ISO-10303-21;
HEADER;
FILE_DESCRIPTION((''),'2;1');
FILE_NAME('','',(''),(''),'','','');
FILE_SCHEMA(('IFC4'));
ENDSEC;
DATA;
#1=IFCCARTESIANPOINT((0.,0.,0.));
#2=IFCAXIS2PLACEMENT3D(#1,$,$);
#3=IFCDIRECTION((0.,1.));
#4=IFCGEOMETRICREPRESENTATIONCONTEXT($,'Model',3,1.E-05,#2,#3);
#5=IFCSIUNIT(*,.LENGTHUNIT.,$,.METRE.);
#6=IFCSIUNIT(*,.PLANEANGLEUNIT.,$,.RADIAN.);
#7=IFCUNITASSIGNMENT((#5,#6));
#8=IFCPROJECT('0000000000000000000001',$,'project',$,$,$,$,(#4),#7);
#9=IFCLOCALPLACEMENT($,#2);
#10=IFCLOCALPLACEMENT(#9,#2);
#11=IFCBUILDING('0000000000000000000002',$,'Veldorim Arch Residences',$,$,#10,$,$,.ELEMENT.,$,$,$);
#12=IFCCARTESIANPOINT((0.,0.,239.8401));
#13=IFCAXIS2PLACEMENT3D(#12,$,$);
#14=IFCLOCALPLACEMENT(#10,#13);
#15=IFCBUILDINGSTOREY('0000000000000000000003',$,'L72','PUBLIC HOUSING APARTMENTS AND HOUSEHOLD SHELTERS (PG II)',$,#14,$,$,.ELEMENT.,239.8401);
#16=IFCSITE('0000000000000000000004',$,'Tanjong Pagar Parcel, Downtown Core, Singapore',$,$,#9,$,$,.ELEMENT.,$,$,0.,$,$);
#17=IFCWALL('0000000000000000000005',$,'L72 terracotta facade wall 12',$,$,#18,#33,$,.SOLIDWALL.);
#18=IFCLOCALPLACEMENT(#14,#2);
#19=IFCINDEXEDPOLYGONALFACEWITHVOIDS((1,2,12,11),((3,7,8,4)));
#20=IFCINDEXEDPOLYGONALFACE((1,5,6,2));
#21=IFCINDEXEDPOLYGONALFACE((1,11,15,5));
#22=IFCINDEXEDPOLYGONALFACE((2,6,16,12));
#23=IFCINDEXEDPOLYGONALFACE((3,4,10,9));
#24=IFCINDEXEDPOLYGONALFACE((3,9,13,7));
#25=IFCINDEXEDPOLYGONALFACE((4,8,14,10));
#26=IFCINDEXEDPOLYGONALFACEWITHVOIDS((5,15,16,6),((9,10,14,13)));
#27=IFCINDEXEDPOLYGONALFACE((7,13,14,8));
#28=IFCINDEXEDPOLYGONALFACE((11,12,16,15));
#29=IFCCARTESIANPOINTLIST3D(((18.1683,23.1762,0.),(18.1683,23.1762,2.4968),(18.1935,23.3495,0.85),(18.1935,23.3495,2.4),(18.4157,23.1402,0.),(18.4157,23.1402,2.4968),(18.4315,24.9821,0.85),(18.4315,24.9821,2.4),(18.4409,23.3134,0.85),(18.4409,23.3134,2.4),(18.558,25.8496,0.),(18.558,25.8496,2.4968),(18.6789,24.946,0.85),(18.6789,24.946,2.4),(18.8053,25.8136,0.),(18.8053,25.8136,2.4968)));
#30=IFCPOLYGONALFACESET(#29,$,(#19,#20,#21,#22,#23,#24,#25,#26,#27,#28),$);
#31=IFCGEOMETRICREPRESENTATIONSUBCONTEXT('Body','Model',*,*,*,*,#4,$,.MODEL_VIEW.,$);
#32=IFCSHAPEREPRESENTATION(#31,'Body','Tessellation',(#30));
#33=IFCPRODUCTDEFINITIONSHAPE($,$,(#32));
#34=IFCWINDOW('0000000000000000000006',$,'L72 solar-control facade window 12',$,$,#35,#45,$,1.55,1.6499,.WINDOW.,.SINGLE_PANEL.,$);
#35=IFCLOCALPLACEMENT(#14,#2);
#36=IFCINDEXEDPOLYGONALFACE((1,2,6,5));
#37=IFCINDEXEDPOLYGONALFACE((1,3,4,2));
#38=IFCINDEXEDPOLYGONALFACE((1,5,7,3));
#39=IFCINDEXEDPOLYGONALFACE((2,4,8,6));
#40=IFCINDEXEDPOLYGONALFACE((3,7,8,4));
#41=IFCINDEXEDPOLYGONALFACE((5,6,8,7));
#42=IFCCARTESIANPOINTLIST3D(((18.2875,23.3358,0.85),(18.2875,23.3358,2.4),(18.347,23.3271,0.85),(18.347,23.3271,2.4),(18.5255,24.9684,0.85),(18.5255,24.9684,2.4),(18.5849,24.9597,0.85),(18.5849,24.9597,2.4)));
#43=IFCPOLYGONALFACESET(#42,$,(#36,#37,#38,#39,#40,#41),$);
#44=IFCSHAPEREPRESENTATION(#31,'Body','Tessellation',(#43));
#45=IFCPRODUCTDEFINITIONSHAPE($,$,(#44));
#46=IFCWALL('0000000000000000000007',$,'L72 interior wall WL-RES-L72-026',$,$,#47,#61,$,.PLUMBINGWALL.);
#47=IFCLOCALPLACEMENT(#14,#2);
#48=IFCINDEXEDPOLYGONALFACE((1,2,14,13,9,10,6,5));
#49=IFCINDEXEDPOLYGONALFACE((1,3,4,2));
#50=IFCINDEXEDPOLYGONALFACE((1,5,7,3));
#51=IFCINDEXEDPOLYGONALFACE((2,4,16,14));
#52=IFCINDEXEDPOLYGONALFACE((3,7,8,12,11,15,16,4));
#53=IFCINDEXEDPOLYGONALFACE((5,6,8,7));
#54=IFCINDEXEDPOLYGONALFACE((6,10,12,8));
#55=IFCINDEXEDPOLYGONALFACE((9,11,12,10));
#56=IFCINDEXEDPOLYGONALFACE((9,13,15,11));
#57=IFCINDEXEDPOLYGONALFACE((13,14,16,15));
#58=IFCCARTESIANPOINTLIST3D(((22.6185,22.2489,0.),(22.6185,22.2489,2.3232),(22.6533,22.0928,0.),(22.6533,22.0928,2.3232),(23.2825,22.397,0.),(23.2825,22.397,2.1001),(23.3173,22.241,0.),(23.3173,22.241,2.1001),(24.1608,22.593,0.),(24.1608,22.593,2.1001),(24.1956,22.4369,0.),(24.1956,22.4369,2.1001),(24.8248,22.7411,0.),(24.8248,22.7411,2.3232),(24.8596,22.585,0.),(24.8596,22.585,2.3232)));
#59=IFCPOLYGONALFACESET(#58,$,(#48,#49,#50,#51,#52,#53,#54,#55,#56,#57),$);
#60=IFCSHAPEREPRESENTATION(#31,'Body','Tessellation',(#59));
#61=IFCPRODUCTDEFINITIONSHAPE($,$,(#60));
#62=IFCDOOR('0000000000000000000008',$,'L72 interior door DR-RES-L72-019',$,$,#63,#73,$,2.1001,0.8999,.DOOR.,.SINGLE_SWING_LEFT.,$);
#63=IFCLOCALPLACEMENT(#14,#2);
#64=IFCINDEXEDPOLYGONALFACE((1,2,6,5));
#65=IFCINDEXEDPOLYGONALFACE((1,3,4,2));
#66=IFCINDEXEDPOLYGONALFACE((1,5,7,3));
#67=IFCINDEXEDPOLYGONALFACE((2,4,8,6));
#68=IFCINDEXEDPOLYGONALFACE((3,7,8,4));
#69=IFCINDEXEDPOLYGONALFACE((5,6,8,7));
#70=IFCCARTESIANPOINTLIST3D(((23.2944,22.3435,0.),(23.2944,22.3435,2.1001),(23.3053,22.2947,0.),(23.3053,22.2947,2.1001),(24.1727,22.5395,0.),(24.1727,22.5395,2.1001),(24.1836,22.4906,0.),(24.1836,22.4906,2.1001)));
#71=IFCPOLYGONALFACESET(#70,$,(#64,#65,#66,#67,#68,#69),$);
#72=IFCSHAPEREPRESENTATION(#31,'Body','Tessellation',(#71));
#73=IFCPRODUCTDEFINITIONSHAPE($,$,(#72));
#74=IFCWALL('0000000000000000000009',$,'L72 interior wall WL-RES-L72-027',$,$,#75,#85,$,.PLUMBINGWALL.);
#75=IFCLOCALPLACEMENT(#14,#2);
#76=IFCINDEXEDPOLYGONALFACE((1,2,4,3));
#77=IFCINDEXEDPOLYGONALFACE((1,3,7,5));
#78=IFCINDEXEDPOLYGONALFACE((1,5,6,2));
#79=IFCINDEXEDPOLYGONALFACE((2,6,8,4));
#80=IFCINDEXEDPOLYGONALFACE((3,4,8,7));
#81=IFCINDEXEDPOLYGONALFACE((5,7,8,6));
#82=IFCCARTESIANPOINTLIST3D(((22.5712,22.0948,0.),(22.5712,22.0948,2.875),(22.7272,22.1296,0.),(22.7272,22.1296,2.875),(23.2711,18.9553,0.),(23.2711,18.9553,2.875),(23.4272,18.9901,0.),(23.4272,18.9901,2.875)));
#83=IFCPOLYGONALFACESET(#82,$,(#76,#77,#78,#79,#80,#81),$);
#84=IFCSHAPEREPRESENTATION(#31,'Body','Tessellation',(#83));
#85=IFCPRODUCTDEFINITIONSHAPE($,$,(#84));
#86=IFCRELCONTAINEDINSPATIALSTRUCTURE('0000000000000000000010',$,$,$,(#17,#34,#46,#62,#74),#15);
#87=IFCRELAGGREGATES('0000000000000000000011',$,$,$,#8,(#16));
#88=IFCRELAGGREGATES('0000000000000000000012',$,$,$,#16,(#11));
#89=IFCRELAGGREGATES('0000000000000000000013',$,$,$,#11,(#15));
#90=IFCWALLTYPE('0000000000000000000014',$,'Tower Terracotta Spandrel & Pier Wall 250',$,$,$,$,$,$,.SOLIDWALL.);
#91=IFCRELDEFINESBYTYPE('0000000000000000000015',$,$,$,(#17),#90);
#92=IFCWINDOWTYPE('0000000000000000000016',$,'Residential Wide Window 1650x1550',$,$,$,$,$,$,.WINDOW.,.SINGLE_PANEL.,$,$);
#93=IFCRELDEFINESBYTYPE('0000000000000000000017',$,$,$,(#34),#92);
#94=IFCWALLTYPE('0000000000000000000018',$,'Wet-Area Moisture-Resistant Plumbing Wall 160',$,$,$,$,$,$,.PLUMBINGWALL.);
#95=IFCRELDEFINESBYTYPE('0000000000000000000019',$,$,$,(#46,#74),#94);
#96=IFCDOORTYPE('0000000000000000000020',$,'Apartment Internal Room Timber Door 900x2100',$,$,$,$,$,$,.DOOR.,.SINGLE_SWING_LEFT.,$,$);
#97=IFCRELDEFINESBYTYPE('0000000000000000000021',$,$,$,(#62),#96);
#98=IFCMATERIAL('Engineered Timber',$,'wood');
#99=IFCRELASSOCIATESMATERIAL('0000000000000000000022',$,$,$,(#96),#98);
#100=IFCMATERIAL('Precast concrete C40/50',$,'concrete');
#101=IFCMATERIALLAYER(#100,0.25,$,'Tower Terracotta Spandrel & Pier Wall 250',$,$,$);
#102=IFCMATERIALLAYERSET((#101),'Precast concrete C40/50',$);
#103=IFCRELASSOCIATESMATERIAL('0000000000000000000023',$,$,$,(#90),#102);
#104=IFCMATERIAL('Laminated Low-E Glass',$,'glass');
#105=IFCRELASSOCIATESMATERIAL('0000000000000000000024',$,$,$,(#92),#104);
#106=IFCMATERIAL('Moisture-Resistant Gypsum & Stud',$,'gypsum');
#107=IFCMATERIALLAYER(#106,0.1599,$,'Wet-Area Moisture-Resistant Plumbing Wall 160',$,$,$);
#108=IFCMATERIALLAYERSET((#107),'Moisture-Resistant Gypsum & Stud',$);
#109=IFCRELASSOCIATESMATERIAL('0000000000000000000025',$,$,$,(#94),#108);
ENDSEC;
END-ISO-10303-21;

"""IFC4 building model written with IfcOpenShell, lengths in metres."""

from ifc_helpers import new_model, si_unit, direction, frame, frame_2d, origin, place, context, subcontext, project, spatial, rectangle, extrude, material, layer, layer_set, type_object, element, fill, save


model = new_model("IFC4")

# Units and contexts
model_context = context("Model", 3, precision=1e-05, world=origin(), true_north=direction((0.0, 1.0)))
body_context = subcontext(model_context, "Body", "Model", "MODEL_VIEW")
ifc_project = project(units=[si_unit("LENGTHUNIT", "METRE"), si_unit("PLANEANGLEUNIT", "RADIAN")], contexts=[model_context])

# Site, building, storey
site_placement = place(None, origin())
site = spatial("IfcSite", under=ifc_project, at=site_placement, Name="Tanjong Pagar Parcel, Downtown Core, Singapore", CompositionType="ELEMENT", RefElevation=0.0)
building_placement = place(site_placement, origin())
building = spatial("IfcBuilding", under=site, at=building_placement, Name="Veldorim Arch Residences", CompositionType="ELEMENT")
storey_placement = place(building_placement, frame((0.0, 0.0, 239.8401)))
storey = spatial("IfcBuildingStorey", under=building, at=storey_placement, Name="L72", Description="PUBLIC HOUSING APARTMENTS AND HOUSEHOLD SHELTERS (PG II)", CompositionType="ELEMENT", Elevation=239.8401)

# Shared definitions
ifc_material_1 = material(Name="Engineered Timber", Category="wood")
door_type_1 = type_object("IfcDoorType", Name="Apartment Internal Room Timber Door 900x2100", OperationType="SINGLE_SWING_LEFT", PredefinedType="DOOR", material=ifc_material_1)

# Shared definitions
ifc_material_2 = material(Name="Precast concrete C40/50", Category="concrete")
ifc_layer_1 = layer(ifc_material_2, 0.25, Name="Tower Terracotta Spandrel & Pier Wall 250")
ifc_layer_set_1 = layer_set([ifc_layer_1], Name="Precast concrete C40/50")
wall_type_1 = type_object("IfcWallType", Name="Tower Terracotta Spandrel & Pier Wall 250", PredefinedType="SOLIDWALL", material=ifc_layer_set_1)

# Wall, opening, window
wall_1_placement = place(storey_placement, frame((18.292, 23.1582, 0.0), z_axis=(0.0, 0.0, 1.0), x_axis=(0.144229, 0.989544, 0.0)))
wall_1 = element("IfcWall", 1, at=wall_1_placement, inside=storey, type_object=wall_type_1, Name="L72 terracotta facade wall 12", PredefinedType="SOLIDWALL", context=body_context, shape_type="SweptSolid", body=[
    extrude(rectangle(XDim=2.7017, YDim=0.25, at=frame_2d((1.3508, 0.0))), origin(), (0.0, 0.0, 1.0), 2.4968),
])
opening_1_placement = place(wall_1_placement, frame((0.175, 0.0, 0.8501)))
opening_1 = element("IfcOpeningElement", 2, at=opening_1_placement, cuts=wall_1, PredefinedType="OPENING", context=body_context, shape_type="SweptSolid", body=[
    extrude(rectangle(XDim=1.6499, YDim=1.55, at=frame_2d((0.825, 0.7749))), frame((0.0, 0.135, 0.0), z_axis=(0.0, -1.0, 0.0), x_axis=(1.0, 0.0, 0.0)), (0.0, 0.0, 1.0), 0.27),
])
ifc_material_3 = material(Name="Laminated Low-E Glass", Category="glass")
window_type = type_object("IfcWindowType", Name="Residential Wide Window 1650x1550", PartitioningType="SINGLE_PANEL", PredefinedType="WINDOW", material=ifc_material_3)
window_placement = place(opening_1_placement, origin())
window = element("IfcWindow", 3, at=window_placement, inside=storey, type_object=window_type, Name="L72 solar-control facade window 12", OverallHeight=1.55, OverallWidth=1.6499, PartitioningType="SINGLE_PANEL", PredefinedType="WINDOW", context=body_context, shape_type="SweptSolid", body=[
    extrude(rectangle(XDim=1.6499, YDim=1.55, at=frame_2d((0.825, 0.7749))), frame((0.0, 0.03, 0.0), z_axis=(0.0, -1.0, 0.0), x_axis=(1.0, 0.0, 0.0)), (0.0, 0.0, 1.0), 0.0601),
])
fill(opening_1, window)

# Wall, opening, door
ifc_material_4 = material(Name="Moisture-Resistant Gypsum & Stud", Category="gypsum")
ifc_layer_2 = layer(ifc_material_4, 0.1599, Name="Wet-Area Moisture-Resistant Plumbing Wall 160")
ifc_layer_set_2 = layer_set([ifc_layer_2], Name="Moisture-Resistant Gypsum & Stud")
wall_type_2 = type_object("IfcWallType", Name="Wet-Area Moisture-Resistant Plumbing Wall 160", PredefinedType="PLUMBINGWALL", material=ifc_layer_set_2)
wall_2_placement = place(storey_placement, frame((24.8423, 22.6631, 0.0), z_axis=(0.0, 0.0, 1.0), x_axis=(-0.976009, -0.217731, 0.0)))
wall_2 = element("IfcWall", 4, at=wall_2_placement, inside=storey, type_object=wall_type_2, Name="L72 interior wall WL-RES-L72-026", PredefinedType="PLUMBINGWALL", context=body_context, shape_type="SweptSolid", body=[
    extrude(rectangle(XDim=2.2605, YDim=0.1599, at=frame_2d((1.1304, 0.0))), origin(), (0.0, 0.0, 1.0), 2.3232),
])
opening_2_placement = place(wall_2_placement, frame((0.6804, 0.0, 0.0)))
opening_2 = element("IfcOpeningElement", 5, at=opening_2_placement, cuts=wall_2, PredefinedType="OPENING", context=body_context, shape_type="SweptSolid", body=[
    extrude(rectangle(XDim=0.8999, YDim=2.1001, at=frame_2d((0.45, 1.05))), frame((0.0, 0.0898, 0.0), z_axis=(0.0, -1.0, 0.0), x_axis=(1.0, 0.0, 0.0)), (0.0, 0.0, 1.0), 0.1799),
])
door_1_placement = place(opening_2_placement, origin())
door_1 = element("IfcDoor", 6, at=door_1_placement, inside=storey, type_object=door_type_1, Name="L72 interior door DR-RES-L72-019", OperationType="SINGLE_SWING_LEFT", OverallHeight=2.1001, OverallWidth=0.8999, PredefinedType="DOOR", context=body_context, shape_type="SweptSolid", body=[
    extrude(rectangle(XDim=0.8999, YDim=2.1001, at=frame_2d((0.45, 1.05))), frame((0.0, 0.0249, 0.0), z_axis=(0.0, -1.0, 0.0), x_axis=(1.0, 0.0, 0.0)), (0.0, 0.0, 1.0), 0.05),
])
fill(opening_2, door_1)

# Wall
wall_3_placement = place(storey_placement, frame((22.6492, 22.1123, 0.0), z_axis=(0.0, 0.0, 1.0), x_axis=(0.217614, -0.976035, 0.0)))
element("IfcWall", 7, at=wall_3_placement, inside=storey, type_object=wall_type_2, Name="L72 interior wall WL-RES-L72-027", PredefinedType="PLUMBINGWALL", context=body_context, shape_type="SweptSolid", body=[
    extrude(rectangle(XDim=3.2166, YDim=0.1599, at=frame_2d((1.6084, 0.0))), origin(), (0.0, 0.0, 1.0), 2.875),
])

save(model, "model.ifc")
